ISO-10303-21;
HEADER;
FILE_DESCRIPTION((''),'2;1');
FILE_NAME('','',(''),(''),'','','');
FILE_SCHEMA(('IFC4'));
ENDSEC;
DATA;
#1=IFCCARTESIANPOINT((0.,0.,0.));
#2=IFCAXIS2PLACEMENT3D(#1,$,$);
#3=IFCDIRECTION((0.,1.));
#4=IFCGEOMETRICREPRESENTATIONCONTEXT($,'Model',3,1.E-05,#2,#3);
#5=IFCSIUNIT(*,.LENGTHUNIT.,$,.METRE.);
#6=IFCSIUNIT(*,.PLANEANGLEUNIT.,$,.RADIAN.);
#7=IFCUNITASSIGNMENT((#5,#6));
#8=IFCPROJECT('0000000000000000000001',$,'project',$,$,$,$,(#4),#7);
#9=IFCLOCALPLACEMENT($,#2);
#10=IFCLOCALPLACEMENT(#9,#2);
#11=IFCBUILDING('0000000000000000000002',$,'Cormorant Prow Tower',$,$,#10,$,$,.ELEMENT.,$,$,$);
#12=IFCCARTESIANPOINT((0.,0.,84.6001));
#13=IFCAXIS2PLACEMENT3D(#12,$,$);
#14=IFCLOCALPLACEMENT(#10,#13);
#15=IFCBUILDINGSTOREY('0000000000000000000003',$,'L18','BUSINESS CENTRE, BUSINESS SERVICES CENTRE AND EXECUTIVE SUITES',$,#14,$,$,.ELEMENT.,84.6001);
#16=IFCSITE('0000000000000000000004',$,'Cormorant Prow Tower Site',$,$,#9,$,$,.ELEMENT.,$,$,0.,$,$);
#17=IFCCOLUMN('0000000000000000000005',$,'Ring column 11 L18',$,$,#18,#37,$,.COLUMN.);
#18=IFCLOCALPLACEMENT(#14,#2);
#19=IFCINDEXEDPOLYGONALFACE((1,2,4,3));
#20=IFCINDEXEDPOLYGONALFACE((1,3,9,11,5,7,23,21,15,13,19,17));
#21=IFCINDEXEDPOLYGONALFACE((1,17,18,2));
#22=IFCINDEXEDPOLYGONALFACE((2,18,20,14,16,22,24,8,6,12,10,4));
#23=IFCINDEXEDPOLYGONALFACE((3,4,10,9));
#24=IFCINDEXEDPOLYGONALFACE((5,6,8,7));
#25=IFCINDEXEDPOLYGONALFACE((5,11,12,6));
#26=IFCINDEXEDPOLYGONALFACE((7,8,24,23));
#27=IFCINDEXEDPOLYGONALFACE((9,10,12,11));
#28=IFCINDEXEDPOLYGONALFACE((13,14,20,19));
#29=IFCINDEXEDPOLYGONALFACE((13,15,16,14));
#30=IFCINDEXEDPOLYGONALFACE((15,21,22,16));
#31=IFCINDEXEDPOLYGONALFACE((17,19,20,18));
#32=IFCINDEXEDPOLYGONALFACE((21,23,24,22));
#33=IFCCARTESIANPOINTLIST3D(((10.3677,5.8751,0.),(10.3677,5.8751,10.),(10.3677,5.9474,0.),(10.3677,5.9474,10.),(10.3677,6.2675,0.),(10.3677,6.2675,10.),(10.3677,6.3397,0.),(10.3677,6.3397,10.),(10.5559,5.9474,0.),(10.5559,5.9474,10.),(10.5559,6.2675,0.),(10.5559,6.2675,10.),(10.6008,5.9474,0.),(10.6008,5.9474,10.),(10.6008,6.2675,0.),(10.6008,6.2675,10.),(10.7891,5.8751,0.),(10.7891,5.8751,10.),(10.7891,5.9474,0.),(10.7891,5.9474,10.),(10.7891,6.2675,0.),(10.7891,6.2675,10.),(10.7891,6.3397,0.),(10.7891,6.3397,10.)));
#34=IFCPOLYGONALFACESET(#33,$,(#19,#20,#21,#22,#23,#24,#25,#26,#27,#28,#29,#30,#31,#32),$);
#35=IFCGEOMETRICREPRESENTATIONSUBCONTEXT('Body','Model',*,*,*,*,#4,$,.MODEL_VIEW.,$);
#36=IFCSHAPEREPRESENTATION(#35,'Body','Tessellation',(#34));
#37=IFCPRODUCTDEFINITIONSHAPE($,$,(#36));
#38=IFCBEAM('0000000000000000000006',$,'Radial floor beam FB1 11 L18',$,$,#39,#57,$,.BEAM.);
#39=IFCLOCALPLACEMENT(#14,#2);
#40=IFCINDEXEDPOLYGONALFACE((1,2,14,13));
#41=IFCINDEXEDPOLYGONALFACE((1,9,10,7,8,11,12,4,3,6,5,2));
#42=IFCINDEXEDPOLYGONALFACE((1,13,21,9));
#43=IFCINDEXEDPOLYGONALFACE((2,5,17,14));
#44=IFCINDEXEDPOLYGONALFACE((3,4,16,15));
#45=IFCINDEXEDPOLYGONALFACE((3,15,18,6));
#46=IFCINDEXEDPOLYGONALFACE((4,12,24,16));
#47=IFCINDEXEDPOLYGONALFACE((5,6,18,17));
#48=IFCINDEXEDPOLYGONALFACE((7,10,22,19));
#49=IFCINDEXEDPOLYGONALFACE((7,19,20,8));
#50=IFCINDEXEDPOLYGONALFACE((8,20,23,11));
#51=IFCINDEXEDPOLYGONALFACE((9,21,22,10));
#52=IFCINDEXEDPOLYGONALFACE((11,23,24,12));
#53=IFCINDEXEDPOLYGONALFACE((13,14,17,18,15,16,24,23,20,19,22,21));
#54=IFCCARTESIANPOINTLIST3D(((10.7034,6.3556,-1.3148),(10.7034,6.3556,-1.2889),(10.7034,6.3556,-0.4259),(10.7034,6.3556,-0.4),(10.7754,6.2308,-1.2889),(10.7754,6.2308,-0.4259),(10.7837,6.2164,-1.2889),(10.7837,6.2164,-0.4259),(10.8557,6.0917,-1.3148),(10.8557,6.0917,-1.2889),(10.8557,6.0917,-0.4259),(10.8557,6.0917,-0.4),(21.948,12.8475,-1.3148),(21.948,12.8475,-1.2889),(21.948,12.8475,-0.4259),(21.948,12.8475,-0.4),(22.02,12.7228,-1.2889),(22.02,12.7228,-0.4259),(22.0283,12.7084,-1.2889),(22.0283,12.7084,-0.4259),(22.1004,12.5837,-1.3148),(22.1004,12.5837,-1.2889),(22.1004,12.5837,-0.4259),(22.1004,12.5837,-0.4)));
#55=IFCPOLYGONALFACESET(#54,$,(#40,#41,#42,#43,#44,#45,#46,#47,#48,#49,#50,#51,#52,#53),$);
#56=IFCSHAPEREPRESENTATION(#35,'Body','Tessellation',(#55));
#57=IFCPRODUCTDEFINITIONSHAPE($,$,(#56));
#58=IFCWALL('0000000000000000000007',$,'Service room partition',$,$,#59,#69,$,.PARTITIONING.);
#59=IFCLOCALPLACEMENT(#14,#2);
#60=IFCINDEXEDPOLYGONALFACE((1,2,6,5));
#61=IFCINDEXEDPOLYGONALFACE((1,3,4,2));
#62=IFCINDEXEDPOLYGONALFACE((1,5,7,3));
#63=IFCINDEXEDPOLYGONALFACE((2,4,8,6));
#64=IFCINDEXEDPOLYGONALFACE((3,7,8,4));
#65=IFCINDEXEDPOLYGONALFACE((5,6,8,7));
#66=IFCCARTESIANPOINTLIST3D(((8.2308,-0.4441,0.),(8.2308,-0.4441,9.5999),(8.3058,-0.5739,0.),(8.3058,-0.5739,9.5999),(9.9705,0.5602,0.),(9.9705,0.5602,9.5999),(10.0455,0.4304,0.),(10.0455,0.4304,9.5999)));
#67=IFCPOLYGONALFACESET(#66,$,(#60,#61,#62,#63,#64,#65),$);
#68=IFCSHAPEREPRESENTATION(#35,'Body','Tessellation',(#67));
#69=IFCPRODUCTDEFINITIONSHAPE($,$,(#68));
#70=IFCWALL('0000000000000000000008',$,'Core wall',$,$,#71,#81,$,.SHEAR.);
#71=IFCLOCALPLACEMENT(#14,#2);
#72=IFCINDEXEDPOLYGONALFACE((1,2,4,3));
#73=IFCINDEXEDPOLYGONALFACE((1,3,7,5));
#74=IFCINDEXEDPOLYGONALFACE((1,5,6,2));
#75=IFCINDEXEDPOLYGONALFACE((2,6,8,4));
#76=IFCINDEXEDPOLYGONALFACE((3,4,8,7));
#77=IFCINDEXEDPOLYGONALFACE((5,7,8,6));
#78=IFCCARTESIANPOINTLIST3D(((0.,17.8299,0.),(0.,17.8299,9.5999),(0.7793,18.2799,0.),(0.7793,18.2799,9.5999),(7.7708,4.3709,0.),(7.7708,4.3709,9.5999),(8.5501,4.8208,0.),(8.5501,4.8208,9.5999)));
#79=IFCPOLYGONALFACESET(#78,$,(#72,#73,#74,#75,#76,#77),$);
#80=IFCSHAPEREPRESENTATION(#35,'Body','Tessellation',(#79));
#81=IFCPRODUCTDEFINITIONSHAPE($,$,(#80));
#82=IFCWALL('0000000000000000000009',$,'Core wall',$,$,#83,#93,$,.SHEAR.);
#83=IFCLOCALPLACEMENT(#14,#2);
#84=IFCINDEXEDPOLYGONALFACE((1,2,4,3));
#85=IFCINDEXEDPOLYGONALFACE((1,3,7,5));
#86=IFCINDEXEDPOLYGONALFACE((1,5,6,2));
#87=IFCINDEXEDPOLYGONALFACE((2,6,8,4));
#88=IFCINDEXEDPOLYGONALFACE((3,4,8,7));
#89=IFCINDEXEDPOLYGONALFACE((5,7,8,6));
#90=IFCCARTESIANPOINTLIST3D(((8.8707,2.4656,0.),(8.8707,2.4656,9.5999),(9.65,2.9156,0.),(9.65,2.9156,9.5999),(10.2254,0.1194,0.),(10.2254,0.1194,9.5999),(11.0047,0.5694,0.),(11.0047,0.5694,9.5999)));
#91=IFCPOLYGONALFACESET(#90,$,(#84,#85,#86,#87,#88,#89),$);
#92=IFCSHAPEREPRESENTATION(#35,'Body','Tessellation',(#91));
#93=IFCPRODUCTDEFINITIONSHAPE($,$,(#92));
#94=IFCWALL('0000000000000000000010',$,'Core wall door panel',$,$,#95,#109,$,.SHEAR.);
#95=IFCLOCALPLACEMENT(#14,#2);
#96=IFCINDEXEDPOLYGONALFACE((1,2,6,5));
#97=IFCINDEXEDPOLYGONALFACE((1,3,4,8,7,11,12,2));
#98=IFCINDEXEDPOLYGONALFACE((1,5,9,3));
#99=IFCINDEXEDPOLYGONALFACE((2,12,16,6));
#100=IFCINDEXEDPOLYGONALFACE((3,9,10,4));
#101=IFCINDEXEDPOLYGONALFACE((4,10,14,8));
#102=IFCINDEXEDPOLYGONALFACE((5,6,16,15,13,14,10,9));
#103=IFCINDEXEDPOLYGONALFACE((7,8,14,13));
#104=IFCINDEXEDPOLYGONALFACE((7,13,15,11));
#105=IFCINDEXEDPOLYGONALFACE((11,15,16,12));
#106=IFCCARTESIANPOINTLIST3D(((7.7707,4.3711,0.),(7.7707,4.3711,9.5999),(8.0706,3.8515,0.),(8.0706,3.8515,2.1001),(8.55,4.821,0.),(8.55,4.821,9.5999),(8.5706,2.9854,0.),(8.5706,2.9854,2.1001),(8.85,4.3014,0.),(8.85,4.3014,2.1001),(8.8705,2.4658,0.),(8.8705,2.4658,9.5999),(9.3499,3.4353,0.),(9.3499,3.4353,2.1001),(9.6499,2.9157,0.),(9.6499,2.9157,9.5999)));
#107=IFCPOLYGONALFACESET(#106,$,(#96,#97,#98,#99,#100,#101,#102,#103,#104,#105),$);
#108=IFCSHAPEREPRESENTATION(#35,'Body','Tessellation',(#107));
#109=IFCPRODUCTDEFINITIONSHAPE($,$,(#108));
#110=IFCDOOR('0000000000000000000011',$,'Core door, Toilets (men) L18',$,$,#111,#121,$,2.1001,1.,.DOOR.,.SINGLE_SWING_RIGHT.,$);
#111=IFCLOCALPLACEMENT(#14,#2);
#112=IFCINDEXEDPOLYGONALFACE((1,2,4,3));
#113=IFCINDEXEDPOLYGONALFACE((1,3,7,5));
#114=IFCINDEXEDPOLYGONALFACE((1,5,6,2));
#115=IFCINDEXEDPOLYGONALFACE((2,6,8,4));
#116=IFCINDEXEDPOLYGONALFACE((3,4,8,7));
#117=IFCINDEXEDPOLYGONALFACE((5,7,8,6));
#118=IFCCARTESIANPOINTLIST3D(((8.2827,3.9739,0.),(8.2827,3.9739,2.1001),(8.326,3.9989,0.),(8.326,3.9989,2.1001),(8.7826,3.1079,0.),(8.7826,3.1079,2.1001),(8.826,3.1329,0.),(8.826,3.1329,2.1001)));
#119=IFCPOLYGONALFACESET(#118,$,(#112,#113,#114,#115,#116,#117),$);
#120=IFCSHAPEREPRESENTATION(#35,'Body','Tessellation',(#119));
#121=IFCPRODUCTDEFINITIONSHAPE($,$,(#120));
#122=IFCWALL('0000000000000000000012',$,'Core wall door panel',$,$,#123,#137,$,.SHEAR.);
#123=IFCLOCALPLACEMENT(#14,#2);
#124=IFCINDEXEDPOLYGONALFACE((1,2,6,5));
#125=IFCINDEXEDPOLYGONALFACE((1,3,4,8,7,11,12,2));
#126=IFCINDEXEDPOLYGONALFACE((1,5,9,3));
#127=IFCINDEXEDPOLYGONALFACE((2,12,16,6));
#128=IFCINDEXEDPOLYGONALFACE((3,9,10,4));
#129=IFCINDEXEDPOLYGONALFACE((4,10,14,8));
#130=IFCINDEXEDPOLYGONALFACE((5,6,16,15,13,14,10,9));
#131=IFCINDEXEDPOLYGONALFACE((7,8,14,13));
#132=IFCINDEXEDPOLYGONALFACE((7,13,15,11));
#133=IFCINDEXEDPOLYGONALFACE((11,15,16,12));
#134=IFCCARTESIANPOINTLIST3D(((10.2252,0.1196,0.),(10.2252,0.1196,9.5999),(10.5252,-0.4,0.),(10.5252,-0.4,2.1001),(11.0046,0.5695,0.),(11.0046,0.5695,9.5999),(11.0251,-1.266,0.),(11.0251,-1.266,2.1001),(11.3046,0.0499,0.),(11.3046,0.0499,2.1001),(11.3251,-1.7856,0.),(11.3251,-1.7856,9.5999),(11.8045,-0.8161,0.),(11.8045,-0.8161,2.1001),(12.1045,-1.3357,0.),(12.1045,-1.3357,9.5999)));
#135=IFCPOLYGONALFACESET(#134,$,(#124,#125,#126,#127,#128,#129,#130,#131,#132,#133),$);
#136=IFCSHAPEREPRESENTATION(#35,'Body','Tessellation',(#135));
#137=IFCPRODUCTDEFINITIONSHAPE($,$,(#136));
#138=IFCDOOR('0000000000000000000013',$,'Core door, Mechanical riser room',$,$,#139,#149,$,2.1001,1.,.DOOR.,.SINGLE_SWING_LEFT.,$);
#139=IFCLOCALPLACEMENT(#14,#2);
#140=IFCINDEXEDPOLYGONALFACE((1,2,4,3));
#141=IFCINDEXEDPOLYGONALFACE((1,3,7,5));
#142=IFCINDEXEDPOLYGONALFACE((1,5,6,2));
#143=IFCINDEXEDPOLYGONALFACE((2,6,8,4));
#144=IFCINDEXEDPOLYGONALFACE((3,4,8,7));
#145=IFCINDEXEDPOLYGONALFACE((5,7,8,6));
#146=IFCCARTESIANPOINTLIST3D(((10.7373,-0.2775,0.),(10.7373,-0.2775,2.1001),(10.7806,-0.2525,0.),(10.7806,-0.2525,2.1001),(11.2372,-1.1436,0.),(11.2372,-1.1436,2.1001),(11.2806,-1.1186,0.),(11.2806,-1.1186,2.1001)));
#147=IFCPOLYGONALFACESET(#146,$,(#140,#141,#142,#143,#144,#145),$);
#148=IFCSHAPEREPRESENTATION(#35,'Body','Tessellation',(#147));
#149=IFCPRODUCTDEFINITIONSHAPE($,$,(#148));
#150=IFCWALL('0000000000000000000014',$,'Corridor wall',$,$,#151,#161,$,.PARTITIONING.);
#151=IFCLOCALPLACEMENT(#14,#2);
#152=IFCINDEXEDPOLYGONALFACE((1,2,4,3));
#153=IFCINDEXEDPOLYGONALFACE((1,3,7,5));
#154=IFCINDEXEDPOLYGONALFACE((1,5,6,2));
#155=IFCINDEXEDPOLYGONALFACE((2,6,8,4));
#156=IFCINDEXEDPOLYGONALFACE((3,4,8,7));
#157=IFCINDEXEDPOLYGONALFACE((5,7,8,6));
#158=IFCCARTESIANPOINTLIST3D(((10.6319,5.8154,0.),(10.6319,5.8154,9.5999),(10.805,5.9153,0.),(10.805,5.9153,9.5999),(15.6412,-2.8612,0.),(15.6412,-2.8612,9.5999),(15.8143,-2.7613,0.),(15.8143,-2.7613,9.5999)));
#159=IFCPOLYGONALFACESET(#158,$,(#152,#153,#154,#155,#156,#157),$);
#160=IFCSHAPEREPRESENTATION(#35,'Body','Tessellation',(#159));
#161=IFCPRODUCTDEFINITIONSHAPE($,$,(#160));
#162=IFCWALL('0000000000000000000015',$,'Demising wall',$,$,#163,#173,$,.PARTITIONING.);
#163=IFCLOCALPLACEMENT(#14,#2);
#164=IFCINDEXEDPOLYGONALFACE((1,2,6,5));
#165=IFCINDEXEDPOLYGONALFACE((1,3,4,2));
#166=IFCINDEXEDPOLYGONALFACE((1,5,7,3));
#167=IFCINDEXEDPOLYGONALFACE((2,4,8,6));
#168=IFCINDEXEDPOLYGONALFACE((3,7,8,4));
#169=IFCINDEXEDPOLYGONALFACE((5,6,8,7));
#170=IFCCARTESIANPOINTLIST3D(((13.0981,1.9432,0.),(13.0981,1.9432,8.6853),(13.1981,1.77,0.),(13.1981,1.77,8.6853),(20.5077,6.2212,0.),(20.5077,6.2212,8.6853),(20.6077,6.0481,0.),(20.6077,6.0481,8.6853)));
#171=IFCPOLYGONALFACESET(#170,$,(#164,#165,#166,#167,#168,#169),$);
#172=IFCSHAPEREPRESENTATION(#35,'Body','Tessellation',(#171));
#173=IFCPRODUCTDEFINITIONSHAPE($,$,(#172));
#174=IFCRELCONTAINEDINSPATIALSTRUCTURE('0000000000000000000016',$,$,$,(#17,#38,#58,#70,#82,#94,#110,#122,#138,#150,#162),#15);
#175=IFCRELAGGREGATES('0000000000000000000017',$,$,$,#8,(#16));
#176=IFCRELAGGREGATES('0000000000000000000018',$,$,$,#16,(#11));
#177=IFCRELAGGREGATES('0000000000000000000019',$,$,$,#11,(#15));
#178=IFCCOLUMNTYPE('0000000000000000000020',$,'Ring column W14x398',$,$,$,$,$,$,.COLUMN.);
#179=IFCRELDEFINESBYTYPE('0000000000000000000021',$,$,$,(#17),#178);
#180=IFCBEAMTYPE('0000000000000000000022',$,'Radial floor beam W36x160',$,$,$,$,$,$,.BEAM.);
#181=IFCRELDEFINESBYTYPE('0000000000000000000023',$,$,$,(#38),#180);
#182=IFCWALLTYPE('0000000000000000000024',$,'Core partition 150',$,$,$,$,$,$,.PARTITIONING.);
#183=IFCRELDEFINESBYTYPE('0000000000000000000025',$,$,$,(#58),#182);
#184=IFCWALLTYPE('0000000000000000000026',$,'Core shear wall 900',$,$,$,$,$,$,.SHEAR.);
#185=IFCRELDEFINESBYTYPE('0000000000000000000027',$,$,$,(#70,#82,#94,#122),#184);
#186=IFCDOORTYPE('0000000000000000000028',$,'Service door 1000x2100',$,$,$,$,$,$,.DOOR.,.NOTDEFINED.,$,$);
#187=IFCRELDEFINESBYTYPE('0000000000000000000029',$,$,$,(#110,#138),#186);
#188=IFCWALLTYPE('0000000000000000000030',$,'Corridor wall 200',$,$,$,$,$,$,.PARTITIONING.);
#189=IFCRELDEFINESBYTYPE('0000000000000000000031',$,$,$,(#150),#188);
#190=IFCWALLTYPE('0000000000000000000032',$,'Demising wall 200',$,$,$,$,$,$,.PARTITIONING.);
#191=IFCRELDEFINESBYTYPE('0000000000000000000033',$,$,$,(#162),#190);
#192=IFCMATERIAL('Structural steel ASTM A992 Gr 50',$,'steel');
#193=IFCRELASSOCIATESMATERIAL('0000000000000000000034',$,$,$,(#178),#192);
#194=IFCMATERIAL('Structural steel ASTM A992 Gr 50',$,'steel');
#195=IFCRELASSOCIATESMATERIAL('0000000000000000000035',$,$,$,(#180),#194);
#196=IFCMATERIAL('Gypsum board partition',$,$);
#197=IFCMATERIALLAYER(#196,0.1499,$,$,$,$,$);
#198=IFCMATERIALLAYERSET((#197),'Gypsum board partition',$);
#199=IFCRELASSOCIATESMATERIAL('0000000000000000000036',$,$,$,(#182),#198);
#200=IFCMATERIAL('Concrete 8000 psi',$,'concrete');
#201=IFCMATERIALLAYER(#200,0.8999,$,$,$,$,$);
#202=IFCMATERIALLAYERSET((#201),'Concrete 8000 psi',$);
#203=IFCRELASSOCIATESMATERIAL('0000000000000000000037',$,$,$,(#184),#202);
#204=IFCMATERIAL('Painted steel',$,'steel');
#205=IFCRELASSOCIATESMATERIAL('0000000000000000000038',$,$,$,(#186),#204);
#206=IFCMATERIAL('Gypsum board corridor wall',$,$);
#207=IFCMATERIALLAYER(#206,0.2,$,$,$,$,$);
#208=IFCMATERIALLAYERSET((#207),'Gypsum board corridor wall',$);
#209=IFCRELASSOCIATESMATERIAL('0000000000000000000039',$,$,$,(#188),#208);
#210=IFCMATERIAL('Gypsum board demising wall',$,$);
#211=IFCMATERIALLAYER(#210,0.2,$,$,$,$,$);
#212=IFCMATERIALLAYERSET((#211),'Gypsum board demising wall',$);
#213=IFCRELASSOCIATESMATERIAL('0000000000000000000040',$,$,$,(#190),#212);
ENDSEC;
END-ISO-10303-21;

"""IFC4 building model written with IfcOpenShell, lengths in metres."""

from ifc_helpers import new_model, si_unit, direction, frame, frame_2d, origin, origin_2d, place, context, subcontext, project, spatial, rectangle, i_section, extrude, material, layer, layer_set, material_profile, profile_set, type_object, element, fill, save


model = new_model("IFC4")

# Units and contexts
model_context = context("Model", 3, precision=1e-05, world=origin(), true_north=direction((0.0, 1.0)))
body_context = subcontext(model_context, "Body", "Model", "MODEL_VIEW")
ifc_project = project(units=[si_unit("LENGTHUNIT", "METRE"), si_unit("PLANEANGLEUNIT", "RADIAN")], contexts=[model_context])

# Site, building, storey
site_placement = place(None, origin())
site = spatial("IfcSite", under=ifc_project, at=site_placement, Name="Cormorant Prow Tower Site", CompositionType="ELEMENT", RefElevation=0.0)
building_placement = place(site_placement, origin())
building = spatial("IfcBuilding", under=site, at=building_placement, Name="Cormorant Prow Tower", CompositionType="ELEMENT")
storey_placement = place(building_placement, frame((0.0, 0.0, 84.6001)))
storey = spatial("IfcBuildingStorey", under=building, at=storey_placement, Name="L18", Description="BUSINESS CENTRE, BUSINESS SERVICES CENTRE AND EXECUTIVE SUITES", CompositionType="ELEMENT", Elevation=84.6001)

# Column
ifc_material_1 = material(Name="Structural steel ASTM A992 Gr 50", Category="steel")
ifc_material_profile_1 = material_profile(ifc_material_1, i_section(OverallWidth=0.4214, OverallDepth=0.4646, WebThickness=0.0449, FlangeThickness=0.0723, at=origin_2d()), Name="W14x398")
ifc_profile_set_1 = profile_set([ifc_material_profile_1], Name="Structural steel ASTM A992 Gr 50")
column_type = type_object("IfcColumnType", Name="Ring column W14x398", PredefinedType="COLUMN", material=ifc_profile_set_1)
column_placement = place(storey_placement, frame((10.5784, 6.1074, 0.0), z_axis=(0.0, 0.0, 1.0), x_axis=(1.0, 0.0, 0.0)))
element("IfcColumn", 1, at=column_placement, inside=storey, type_object=column_type, Name="Ring column 11 L18", PredefinedType="COLUMN", context=body_context, shape_type="SweptSolid", body=[
    extrude(i_section(OverallWidth=0.4214, OverallDepth=0.4646, WebThickness=0.0449, FlangeThickness=0.0723, at=origin_2d()), origin(), (0.0, 0.0, 1.0), 10.0),
])

# Beam
ifc_material_2 = material(Name="Structural steel ASTM A992 Gr 50", Category="steel")
ifc_material_profile_2 = material_profile(ifc_material_2, i_section(OverallWidth=0.3047, OverallDepth=0.9148, WebThickness=0.0166, FlangeThickness=0.0259, at=origin_2d()), Name="W36x160")
ifc_profile_set_2 = profile_set([ifc_material_profile_2], Name="Structural steel ASTM A992 Gr 50")
beam_type = type_object("IfcBeamType", Name="Radial floor beam W36x160", PredefinedType="BEAM", material=ifc_profile_set_2)
beam_placement = place(storey_placement, frame((10.7795, 6.2236, -0.8574), z_axis=(0.86603, 0.499992, 0.0), x_axis=(-0.499992, 0.86603, 0.0)))
element("IfcBeam", 2, at=beam_placement, inside=storey, type_object=beam_type, Name="Radial floor beam FB1 11 L18", PredefinedType="BEAM", context=body_context, shape_type="SweptSolid", body=[
    extrude(i_section(OverallWidth=0.3047, OverallDepth=0.9148, WebThickness=0.0166, FlangeThickness=0.0259, at=origin_2d()), origin(), (0.0, 0.0, 1.0), 12.9841),
])

# Walls
ifc_material_3 = material(Name="Gypsum board partition")
ifc_layer_1 = layer(ifc_material_3, 0.1499)
ifc_layer_set_1 = layer_set([ifc_layer_1], Name="Gypsum board partition")
wall_type_1 = type_object("IfcWallType", Name="Core partition 150", PredefinedType="PARTITIONING", material=ifc_layer_set_1)
wall_1_placement = place(storey_placement, frame((8.2683, -0.509, 0.0), z_axis=(0.0, 0.0, 1.0), x_axis=(0.866036, 0.499982, 0.0)))
element("IfcWall", 3, at=wall_1_placement, inside=storey, type_object=wall_type_1, Name="Service room partition", PredefinedType="PARTITIONING", context=body_context, shape_type="SweptSolid", body=[
    extrude(rectangle(XDim=2.0088, YDim=0.1499, at=frame_2d((1.0044, 0.0))), origin(), (0.0, 0.0, 1.0), 9.5999),
])
ifc_material_4 = material(Name="Concrete 8000 psi", Category="concrete")
ifc_layer_2 = layer(ifc_material_4, 0.8999)
ifc_layer_set_2 = layer_set([ifc_layer_2], Name="Concrete 8000 psi")
wall_type_2 = type_object("IfcWallType", Name="Core shear wall 900", PredefinedType="SHEAR", material=ifc_layer_set_2)
wall_2_placement = place(storey_placement, frame((8.1604, 4.5959, 0.0), z_axis=(0.0, 0.0, 1.0), x_axis=(-0.50001, 0.86602, 0.0)))
element("IfcWall", 4, at=wall_2_placement, inside=storey, type_object=wall_type_2, Name="Core wall", PredefinedType="SHEAR", context=body_context, shape_type="SweptSolid", body=[
    extrude(rectangle(XDim=15.5413, YDim=0.8999, at=frame_2d((7.7705, 0.0))), origin(), (0.0, 0.0, 1.0), 9.5999),
])
wall_3_placement = place(storey_placement, frame((10.615, 0.3445, 0.0), z_axis=(0.0, 0.0, 1.0), x_axis=(-0.500045, 0.865999, 0.0)))
element("IfcWall", 5, at=wall_3_placement, inside=storey, type_object=wall_type_2, Name="Core wall", PredefinedType="SHEAR", context=body_context, shape_type="SweptSolid", body=[
    extrude(rectangle(XDim=2.7092, YDim=0.8999, at=frame_2d((1.3545, 0.0))), origin(), (0.0, 0.0, 1.0), 9.5999),
])

# Walls, openings, doors
wall_4_placement = place(storey_placement, frame((9.2603, 2.6907, 0.0), z_axis=(0.0, 0.0, 1.0), x_axis=(-0.499947, 0.866056, 0.0)))
wall_4 = element("IfcWall", 6, at=wall_4_placement, inside=storey, type_object=wall_type_2, Name="Core wall door panel", PredefinedType="SHEAR", context=body_context, shape_type="SweptSolid", body=[
    extrude(rectangle(XDim=2.2, YDim=0.8999, at=frame_2d((1.1001, 0.0))), origin(), (0.0, 0.0, 1.0), 9.5999),
])
opening_1_placement = place(wall_4_placement, frame((0.6001, 0.0, 0.0)))
opening_1 = element("IfcOpeningElement", 7, at=opening_1_placement, cuts=wall_4, PredefinedType="OPENING", context=body_context, shape_type="SweptSolid", body=[
    extrude(rectangle(XDim=1.0, YDim=2.1001, at=frame_2d((0.5, 1.05))), frame((0.0, 0.46, 0.0), z_axis=(0.0, -1.0, 0.0), x_axis=(1.0, 0.0, 0.0)), (0.0, 0.0, 1.0), 0.9199),
])
ifc_material_5 = material(Name="Painted steel", Category="steel")
door_type_1 = type_object("IfcDoorType", Name="Service door 1000x2100", OperationType="NOTDEFINED", PredefinedType="DOOR", material=ifc_material_5)
door_1_placement = place(opening_1_placement, origin())
door_1 = element("IfcDoor", 8, at=door_1_placement, inside=storey, type_object=door_type_1, Name="Core door, Toilets (men) L18", OperationType="SINGLE_SWING_RIGHT", OverallHeight=2.1001, OverallWidth=1.0, PredefinedType="DOOR", context=body_context, shape_type="SweptSolid", body=[
    extrude(rectangle(XDim=1.0, YDim=2.1001, at=frame_2d((0.5, 1.05))), frame((0.0, 0.2051, 0.0), z_axis=(0.0, -1.0, 0.0), x_axis=(1.0, 0.0, 0.0)), (0.0, 0.0, 1.0), 0.05),
])
fill(opening_1, door_1)
wall_5_placement = place(storey_placement, frame((11.7148, -1.5608, 0.0), z_axis=(0.0, 0.0, 1.0), x_axis=(-0.499947, 0.866056, 0.0)))
wall_5 = element("IfcWall", 9, at=wall_5_placement, inside=storey, type_object=wall_type_2, Name="Core wall door panel", PredefinedType="SHEAR", context=body_context, shape_type="SweptSolid", body=[
    extrude(rectangle(XDim=2.2, YDim=0.8999, at=frame_2d((1.1001, 0.0))), origin(), (0.0, 0.0, 1.0), 9.5999),
])
opening_2_placement = place(wall_5_placement, frame((0.6001, 0.0, 0.0)))
opening_2 = element("IfcOpeningElement", 10, at=opening_2_placement, cuts=wall_5, PredefinedType="OPENING", context=body_context, shape_type="SweptSolid", body=[
    extrude(rectangle(XDim=1.0, YDim=2.1001, at=frame_2d((0.5, 1.05))), frame((0.0, 0.46, 0.0), z_axis=(0.0, -1.0, 0.0), x_axis=(1.0, 0.0, 0.0)), (0.0, 0.0, 1.0), 0.9199),
])
door_2_placement = place(opening_2_placement, origin())
door_2 = element("IfcDoor", 11, at=door_2_placement, inside=storey, type_object=door_type_1, Name="Core door, Mechanical riser room", OperationType="SINGLE_SWING_LEFT", OverallHeight=2.1001, OverallWidth=1.0, PredefinedType="DOOR", context=body_context, shape_type="SweptSolid", body=[
    extrude(rectangle(XDim=1.0, YDim=2.1001, at=frame_2d((0.5, 1.05))), frame((0.0, 0.2051, 0.0), z_axis=(0.0, -1.0, 0.0), x_axis=(1.0, 0.0, 0.0)), (0.0, 0.0, 1.0), 0.05),
])
fill(opening_2, door_2)

# Walls
ifc_material_6 = material(Name="Gypsum board corridor wall")
ifc_layer_3 = layer(ifc_material_6, 0.2)
ifc_layer_set_3 = layer_set([ifc_layer_3], Name="Gypsum board corridor wall")
wall_type_3 = type_object("IfcWallType", Name="Corridor wall 200", PredefinedType="PARTITIONING", material=ifc_layer_set_3)
wall_6_placement = place(storey_placement, frame((10.7185, 5.8652, 0.0), z_axis=(0.0, 0.0, 1.0), x_axis=(0.499992, -0.86603, 0.0)))
element("IfcWall", 12, at=wall_6_placement, inside=storey, type_object=wall_type_3, Name="Corridor wall", PredefinedType="PARTITIONING", context=body_context, shape_type="SweptSolid", body=[
    extrude(rectangle(XDim=10.0188, YDim=0.2, at=frame_2d((5.0093, 0.0))), origin(), (0.0, 0.0, 1.0), 9.5999),
])
ifc_material_7 = material(Name="Gypsum board demising wall")
ifc_layer_4 = layer(ifc_material_7, 0.2)
ifc_layer_set_4 = layer_set([ifc_layer_4], Name="Gypsum board demising wall")
wall_type_4 = type_object("IfcWallType", Name="Demising wall 200", PredefinedType="PARTITIONING", material=ifc_layer_set_4)
wall_7_placement = place(storey_placement, frame((13.1482, 1.8567, 0.0), z_axis=(0.0, 0.0, 1.0), x_axis=(0.86602, 0.500009, 0.0)))
element("IfcWall", 13, at=wall_7_placement, inside=storey, type_object=wall_type_4, Name="Demising wall", PredefinedType="PARTITIONING", context=body_context, shape_type="SweptSolid", body=[
    extrude(rectangle(XDim=8.5559, YDim=0.2, at=frame_2d((4.2778, 0.0))), origin(), (0.0, 0.0, 1.0), 8.6853),
])

save(model, "model.ifc")
